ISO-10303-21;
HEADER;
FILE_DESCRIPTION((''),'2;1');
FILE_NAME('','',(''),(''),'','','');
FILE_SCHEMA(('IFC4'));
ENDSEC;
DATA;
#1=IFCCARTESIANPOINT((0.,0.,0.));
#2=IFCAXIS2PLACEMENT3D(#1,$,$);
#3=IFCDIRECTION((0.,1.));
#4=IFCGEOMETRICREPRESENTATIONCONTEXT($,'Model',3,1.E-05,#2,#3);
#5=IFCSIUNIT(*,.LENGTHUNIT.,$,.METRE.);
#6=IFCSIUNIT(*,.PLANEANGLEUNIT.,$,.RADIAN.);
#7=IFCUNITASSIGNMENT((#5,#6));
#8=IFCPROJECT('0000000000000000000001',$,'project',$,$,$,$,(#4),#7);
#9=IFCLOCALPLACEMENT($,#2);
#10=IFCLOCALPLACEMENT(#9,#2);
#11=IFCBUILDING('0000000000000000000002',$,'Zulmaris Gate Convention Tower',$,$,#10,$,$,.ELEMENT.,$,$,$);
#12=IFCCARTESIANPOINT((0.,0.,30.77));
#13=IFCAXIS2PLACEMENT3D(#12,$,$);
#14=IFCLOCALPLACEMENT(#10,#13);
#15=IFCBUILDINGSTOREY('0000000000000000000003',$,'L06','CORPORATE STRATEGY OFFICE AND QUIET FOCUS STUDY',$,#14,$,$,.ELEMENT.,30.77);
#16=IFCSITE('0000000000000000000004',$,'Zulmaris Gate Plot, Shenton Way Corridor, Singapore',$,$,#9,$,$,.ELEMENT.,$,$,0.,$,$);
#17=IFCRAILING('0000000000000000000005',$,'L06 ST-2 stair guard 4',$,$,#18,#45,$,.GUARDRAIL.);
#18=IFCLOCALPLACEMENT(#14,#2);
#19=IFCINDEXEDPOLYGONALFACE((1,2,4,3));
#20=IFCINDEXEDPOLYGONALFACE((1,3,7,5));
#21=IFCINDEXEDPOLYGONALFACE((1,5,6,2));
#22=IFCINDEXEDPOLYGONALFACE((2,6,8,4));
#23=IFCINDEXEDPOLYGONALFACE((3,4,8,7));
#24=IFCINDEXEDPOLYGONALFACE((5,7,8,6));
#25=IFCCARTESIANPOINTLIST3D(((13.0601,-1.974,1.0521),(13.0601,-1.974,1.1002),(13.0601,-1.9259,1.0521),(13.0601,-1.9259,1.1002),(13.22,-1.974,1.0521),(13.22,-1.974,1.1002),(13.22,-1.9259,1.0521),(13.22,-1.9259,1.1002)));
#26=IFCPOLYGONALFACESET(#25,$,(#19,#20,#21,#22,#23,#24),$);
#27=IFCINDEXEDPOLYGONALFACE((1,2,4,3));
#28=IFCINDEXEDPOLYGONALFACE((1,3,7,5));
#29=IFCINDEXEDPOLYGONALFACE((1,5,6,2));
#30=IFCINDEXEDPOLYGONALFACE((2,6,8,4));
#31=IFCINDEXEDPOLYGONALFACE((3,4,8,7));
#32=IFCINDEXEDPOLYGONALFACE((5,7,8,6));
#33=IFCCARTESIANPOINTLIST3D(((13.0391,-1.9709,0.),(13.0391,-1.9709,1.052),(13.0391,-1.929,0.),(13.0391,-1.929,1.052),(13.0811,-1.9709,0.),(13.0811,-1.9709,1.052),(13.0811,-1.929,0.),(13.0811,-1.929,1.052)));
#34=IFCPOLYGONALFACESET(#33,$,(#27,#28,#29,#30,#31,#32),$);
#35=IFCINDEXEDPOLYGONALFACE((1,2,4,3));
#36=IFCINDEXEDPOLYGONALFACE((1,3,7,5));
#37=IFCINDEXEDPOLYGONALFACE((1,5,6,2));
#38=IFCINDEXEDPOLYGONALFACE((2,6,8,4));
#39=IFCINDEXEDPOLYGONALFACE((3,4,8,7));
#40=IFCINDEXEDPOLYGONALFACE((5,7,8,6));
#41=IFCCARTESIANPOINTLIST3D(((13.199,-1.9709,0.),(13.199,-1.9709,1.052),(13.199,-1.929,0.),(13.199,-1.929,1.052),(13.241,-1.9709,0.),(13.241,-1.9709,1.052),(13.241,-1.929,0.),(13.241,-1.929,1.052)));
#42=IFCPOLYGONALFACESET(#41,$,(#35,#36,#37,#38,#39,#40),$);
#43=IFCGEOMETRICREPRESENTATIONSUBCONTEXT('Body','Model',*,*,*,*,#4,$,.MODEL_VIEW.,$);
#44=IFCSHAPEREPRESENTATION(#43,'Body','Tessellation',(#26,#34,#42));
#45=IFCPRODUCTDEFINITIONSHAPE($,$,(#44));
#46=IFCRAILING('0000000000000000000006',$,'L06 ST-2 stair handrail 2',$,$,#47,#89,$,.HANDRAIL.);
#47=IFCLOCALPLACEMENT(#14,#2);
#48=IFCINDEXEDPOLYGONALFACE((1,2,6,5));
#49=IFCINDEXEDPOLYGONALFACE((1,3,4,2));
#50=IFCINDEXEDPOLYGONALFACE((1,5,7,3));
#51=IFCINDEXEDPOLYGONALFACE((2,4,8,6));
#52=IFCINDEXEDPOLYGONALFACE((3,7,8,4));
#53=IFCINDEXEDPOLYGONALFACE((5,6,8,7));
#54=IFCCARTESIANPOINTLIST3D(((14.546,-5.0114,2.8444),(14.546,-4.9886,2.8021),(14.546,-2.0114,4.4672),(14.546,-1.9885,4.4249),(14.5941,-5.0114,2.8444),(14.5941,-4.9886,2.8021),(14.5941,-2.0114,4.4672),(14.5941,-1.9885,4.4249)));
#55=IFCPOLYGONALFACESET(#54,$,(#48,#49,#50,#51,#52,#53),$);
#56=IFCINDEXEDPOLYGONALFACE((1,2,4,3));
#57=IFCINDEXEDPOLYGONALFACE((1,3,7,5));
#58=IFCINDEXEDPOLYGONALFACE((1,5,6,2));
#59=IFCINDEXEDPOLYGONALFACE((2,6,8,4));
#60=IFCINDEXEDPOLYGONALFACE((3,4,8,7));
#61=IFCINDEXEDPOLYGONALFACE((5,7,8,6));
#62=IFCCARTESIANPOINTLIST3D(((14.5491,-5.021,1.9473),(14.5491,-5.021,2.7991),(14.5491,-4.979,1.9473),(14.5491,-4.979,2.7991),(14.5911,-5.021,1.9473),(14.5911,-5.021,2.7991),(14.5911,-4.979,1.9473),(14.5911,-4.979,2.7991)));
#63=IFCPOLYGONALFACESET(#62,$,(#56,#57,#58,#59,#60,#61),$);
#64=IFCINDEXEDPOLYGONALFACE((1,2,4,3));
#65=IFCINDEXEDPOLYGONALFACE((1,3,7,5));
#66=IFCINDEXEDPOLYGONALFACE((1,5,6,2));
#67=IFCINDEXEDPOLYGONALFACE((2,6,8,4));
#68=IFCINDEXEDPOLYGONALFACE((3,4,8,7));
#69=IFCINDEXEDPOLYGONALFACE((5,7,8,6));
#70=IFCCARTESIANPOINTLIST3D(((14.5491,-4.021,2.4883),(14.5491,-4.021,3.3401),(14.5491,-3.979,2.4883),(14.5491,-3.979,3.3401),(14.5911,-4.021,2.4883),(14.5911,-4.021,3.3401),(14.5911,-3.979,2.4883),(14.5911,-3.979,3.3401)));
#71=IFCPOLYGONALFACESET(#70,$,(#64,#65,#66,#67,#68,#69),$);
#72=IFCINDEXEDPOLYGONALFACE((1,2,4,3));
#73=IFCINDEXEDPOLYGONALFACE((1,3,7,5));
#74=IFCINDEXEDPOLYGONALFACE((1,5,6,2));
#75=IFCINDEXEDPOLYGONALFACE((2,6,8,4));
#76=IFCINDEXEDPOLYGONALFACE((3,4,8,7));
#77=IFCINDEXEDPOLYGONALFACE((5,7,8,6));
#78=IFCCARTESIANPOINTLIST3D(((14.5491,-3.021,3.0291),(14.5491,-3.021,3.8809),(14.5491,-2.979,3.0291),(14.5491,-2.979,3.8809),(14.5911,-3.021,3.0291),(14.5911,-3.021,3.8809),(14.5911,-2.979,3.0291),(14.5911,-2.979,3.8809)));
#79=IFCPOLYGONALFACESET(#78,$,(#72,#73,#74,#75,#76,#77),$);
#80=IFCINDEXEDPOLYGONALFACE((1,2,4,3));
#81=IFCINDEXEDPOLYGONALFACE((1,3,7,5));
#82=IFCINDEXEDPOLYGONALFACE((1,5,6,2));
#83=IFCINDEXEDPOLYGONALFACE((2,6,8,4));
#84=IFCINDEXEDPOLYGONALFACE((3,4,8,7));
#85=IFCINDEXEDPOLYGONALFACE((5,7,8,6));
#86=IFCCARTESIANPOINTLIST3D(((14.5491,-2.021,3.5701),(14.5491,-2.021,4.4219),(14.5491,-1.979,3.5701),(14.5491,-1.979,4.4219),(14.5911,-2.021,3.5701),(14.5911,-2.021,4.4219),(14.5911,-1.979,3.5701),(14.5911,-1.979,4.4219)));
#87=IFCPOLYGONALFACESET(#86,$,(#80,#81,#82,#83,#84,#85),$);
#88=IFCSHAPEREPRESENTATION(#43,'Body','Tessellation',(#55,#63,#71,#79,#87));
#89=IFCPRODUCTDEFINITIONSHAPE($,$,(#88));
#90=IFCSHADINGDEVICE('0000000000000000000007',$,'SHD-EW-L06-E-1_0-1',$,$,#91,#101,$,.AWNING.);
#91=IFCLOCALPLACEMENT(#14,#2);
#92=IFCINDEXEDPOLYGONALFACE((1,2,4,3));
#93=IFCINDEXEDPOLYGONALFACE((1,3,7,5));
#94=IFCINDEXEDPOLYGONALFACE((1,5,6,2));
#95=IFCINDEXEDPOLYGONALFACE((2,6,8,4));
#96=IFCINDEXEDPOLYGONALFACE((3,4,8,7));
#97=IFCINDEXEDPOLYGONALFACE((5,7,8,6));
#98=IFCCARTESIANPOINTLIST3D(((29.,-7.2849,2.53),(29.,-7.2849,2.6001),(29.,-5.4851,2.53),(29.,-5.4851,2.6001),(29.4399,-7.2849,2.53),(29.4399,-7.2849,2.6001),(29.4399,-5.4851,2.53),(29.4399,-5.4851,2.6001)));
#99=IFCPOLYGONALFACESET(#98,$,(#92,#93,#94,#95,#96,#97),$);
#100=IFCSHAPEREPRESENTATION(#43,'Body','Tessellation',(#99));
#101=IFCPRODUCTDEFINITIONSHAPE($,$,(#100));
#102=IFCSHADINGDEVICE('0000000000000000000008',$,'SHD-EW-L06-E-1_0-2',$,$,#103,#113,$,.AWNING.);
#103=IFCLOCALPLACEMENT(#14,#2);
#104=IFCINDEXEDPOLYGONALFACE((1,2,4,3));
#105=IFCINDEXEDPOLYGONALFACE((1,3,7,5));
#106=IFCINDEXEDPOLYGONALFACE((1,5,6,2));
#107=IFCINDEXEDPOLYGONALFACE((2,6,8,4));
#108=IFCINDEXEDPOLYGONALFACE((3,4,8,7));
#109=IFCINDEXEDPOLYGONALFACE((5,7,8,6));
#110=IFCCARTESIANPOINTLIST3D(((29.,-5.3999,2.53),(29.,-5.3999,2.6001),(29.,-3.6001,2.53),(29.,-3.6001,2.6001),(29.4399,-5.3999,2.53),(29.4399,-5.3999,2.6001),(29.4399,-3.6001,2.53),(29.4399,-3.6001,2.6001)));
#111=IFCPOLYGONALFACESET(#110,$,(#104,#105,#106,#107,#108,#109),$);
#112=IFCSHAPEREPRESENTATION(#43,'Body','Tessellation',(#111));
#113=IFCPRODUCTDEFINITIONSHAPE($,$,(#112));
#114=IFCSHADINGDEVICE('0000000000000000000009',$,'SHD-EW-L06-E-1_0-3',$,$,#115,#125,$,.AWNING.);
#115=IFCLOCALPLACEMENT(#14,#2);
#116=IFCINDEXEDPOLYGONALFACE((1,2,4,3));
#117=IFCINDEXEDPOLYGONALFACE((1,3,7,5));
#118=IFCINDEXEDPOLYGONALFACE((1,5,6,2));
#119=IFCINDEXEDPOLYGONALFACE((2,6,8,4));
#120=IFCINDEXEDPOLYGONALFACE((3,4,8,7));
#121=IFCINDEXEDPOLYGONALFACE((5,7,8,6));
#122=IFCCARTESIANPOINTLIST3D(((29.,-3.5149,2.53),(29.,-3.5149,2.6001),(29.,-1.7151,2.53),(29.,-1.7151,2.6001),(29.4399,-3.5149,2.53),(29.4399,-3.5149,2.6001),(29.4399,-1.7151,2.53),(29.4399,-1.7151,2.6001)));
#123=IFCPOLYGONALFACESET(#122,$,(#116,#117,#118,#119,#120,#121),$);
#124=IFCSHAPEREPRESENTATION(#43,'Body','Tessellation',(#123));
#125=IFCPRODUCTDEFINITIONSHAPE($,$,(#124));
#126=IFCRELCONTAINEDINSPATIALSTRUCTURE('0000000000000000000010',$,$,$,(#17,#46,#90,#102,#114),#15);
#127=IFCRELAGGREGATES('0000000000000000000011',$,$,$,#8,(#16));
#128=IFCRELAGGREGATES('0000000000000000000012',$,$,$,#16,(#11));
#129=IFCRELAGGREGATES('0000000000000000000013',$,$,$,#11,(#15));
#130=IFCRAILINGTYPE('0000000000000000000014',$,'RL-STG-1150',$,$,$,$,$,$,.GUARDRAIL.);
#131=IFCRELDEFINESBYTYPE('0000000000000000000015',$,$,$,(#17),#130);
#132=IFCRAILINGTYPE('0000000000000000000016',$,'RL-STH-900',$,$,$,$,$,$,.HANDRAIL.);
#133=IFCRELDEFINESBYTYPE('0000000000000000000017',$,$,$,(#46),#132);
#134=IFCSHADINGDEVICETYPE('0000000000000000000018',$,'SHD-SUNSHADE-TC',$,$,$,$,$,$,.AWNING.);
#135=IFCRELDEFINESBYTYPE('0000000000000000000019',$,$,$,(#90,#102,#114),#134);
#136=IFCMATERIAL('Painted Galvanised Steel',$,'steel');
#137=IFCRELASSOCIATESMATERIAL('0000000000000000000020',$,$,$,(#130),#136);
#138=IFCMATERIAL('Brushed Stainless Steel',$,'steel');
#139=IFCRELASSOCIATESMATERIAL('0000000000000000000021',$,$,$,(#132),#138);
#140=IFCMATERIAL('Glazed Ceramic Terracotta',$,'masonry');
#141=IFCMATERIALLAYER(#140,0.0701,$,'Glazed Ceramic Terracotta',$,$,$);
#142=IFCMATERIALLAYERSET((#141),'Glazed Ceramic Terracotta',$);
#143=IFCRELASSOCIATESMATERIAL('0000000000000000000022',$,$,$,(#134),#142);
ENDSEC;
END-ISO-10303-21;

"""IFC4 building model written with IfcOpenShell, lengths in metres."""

from ifc_helpers import new_model, si_unit, direction, frame, frame_2d, origin, origin_2d, place, context, subcontext, project, spatial, rectangle, extrude, material, layer, layer_set, type_object, element, save


model = new_model("IFC4")

# Units and contexts
model_context = context("Model", 3, precision=1e-05, world=origin(), true_north=direction((0.0, 1.0)))
body_context = subcontext(model_context, "Body", "Model", "MODEL_VIEW")
ifc_project = project(units=[si_unit("LENGTHUNIT", "METRE"), si_unit("PLANEANGLEUNIT", "RADIAN")], contexts=[model_context])

# Site, building, storey
site_placement = place(None, origin())
site = spatial("IfcSite", under=ifc_project, at=site_placement, Name="Zulmaris Gate Plot, Shenton Way Corridor, Singapore", CompositionType="ELEMENT", RefElevation=0.0)
building_placement = place(site_placement, origin())
building = spatial("IfcBuilding", under=site, at=building_placement, Name="Zulmaris Gate Convention Tower", CompositionType="ELEMENT")
storey_placement = place(building_placement, frame((0.0, 0.0, 30.77)))
storey = spatial("IfcBuildingStorey", under=building, at=storey_placement, Name="L06", Description="CORPORATE STRATEGY OFFICE AND QUIET FOCUS STUDY", CompositionType="ELEMENT", Elevation=30.77)

# Railings
ifc_material_1 = material(Name="Painted Galvanised Steel", Category="steel")
railing_type_1 = type_object("IfcRailingType", Name="RL-STG-1150", PredefinedType="GUARDRAIL", material=ifc_material_1)
railing_1_placement = place(storey_placement, frame((13.0601, -1.95, 0.0)))
element("IfcRailing", 1, at=railing_1_placement, inside=storey, type_object=railing_type_1, Name="L06 ST-2 stair guard 4", PredefinedType="GUARDRAIL", context=body_context, shape_type="SweptSolid", body=[
    extrude(rectangle(XDim=0.0481, YDim=0.0481, at=origin_2d()), frame((0.0, 0.0, 1.0762), z_axis=(1.0, 0.0, 0.0), x_axis=(0.0, 1.0, 0.0)), (0.0, 0.0, 1.0), 0.1599),
    extrude(rectangle(XDim=0.042, YDim=0.042, at=origin_2d()), origin(), (0.0, 0.0, 1.0), 1.052),
    extrude(rectangle(XDim=0.042, YDim=0.042, at=origin_2d()), frame((0.1599, 0.0, 0.0)), (0.0, 0.0, 1.0), 1.052),
])
ifc_material_2 = material(Name="Brushed Stainless Steel", Category="steel")
railing_type_2 = type_object("IfcRailingType", Name="RL-STH-900", PredefinedType="HANDRAIL", material=ifc_material_2)
railing_2_placement = place(storey_placement, frame((14.5701, -5.0, 1.9473)))
element("IfcRailing", 2, at=railing_2_placement, inside=storey, type_object=railing_type_2, Name="L06 ST-2 stair handrail 2", PredefinedType="HANDRAIL", context=body_context, shape_type="SweptSolid", body=[
    extrude(rectangle(XDim=0.0481, YDim=0.0481, at=origin_2d()), frame((0.0, 0.0, 0.876), z_axis=(0.0, 0.879562, 0.475785), x_axis=(-1.0, 0.0, 0.0)), (0.0, 0.0, 1.0), 3.4109),
    extrude(rectangle(XDim=0.042, YDim=0.042, at=origin_2d()), origin(), (0.0, 0.0, 1.0), 0.8518),
    extrude(rectangle(XDim=0.042, YDim=0.042, at=origin_2d()), frame((0.0, 1.0, 0.541)), (0.0, 0.0, 1.0), 0.8518),
    extrude(rectangle(XDim=0.042, YDim=0.042, at=origin_2d()), frame((0.0, 2.0, 1.0818)), (0.0, 0.0, 1.0), 0.8518),
    extrude(rectangle(XDim=0.042, YDim=0.042, at=origin_2d()), frame((0.0, 3.0, 1.6228)), (0.0, 0.0, 1.0), 0.8518),
])

# Shading devices
ifc_material_3 = material(Name="Glazed Ceramic Terracotta", Category="masonry")
ifc_layer_1 = layer(ifc_material_3, 0.0701, Name="Glazed Ceramic Terracotta")
ifc_layer_set_1 = layer_set([ifc_layer_1], Name="Glazed Ceramic Terracotta")
shading_device_type = type_object("IfcShadingDeviceType", Name="SHD-SUNSHADE-TC", PredefinedType="AWNING", material=ifc_layer_set_1)
for number, where, z_axis, x_axis, name in (
    (3, (29.22, -7.2849, 2.53), (0.0, 0.0, 1.0), (0.0, 1.0, 0.0), "SHD-EW-L06-E-1_0-1"),
    (4, (29.22, -5.3999, 2.53), (0.0, 0.0, 1.0), (0.0, 1.0, 0.0), "SHD-EW-L06-E-1_0-2"),
    (5, (29.22, -3.5149, 2.53), (0.0, 0.0, 1.0), (0.0, 1.0, 0.0), "SHD-EW-L06-E-1_0-3"),
):
    element("IfcShadingDevice", number, at=place(storey_placement, frame(where, z_axis=z_axis, x_axis=x_axis)), inside=storey, type_object=shading_device_type, Name=name, PredefinedType="AWNING", context=body_context, shape_type="SweptSolid", body=[
        extrude(rectangle(XDim=1.7998, YDim=0.4399, at=frame_2d((0.8999, 0.0))), origin(), (0.0, 0.0, 1.0), 0.0701),
    ])

save(model, "model.ifc")
